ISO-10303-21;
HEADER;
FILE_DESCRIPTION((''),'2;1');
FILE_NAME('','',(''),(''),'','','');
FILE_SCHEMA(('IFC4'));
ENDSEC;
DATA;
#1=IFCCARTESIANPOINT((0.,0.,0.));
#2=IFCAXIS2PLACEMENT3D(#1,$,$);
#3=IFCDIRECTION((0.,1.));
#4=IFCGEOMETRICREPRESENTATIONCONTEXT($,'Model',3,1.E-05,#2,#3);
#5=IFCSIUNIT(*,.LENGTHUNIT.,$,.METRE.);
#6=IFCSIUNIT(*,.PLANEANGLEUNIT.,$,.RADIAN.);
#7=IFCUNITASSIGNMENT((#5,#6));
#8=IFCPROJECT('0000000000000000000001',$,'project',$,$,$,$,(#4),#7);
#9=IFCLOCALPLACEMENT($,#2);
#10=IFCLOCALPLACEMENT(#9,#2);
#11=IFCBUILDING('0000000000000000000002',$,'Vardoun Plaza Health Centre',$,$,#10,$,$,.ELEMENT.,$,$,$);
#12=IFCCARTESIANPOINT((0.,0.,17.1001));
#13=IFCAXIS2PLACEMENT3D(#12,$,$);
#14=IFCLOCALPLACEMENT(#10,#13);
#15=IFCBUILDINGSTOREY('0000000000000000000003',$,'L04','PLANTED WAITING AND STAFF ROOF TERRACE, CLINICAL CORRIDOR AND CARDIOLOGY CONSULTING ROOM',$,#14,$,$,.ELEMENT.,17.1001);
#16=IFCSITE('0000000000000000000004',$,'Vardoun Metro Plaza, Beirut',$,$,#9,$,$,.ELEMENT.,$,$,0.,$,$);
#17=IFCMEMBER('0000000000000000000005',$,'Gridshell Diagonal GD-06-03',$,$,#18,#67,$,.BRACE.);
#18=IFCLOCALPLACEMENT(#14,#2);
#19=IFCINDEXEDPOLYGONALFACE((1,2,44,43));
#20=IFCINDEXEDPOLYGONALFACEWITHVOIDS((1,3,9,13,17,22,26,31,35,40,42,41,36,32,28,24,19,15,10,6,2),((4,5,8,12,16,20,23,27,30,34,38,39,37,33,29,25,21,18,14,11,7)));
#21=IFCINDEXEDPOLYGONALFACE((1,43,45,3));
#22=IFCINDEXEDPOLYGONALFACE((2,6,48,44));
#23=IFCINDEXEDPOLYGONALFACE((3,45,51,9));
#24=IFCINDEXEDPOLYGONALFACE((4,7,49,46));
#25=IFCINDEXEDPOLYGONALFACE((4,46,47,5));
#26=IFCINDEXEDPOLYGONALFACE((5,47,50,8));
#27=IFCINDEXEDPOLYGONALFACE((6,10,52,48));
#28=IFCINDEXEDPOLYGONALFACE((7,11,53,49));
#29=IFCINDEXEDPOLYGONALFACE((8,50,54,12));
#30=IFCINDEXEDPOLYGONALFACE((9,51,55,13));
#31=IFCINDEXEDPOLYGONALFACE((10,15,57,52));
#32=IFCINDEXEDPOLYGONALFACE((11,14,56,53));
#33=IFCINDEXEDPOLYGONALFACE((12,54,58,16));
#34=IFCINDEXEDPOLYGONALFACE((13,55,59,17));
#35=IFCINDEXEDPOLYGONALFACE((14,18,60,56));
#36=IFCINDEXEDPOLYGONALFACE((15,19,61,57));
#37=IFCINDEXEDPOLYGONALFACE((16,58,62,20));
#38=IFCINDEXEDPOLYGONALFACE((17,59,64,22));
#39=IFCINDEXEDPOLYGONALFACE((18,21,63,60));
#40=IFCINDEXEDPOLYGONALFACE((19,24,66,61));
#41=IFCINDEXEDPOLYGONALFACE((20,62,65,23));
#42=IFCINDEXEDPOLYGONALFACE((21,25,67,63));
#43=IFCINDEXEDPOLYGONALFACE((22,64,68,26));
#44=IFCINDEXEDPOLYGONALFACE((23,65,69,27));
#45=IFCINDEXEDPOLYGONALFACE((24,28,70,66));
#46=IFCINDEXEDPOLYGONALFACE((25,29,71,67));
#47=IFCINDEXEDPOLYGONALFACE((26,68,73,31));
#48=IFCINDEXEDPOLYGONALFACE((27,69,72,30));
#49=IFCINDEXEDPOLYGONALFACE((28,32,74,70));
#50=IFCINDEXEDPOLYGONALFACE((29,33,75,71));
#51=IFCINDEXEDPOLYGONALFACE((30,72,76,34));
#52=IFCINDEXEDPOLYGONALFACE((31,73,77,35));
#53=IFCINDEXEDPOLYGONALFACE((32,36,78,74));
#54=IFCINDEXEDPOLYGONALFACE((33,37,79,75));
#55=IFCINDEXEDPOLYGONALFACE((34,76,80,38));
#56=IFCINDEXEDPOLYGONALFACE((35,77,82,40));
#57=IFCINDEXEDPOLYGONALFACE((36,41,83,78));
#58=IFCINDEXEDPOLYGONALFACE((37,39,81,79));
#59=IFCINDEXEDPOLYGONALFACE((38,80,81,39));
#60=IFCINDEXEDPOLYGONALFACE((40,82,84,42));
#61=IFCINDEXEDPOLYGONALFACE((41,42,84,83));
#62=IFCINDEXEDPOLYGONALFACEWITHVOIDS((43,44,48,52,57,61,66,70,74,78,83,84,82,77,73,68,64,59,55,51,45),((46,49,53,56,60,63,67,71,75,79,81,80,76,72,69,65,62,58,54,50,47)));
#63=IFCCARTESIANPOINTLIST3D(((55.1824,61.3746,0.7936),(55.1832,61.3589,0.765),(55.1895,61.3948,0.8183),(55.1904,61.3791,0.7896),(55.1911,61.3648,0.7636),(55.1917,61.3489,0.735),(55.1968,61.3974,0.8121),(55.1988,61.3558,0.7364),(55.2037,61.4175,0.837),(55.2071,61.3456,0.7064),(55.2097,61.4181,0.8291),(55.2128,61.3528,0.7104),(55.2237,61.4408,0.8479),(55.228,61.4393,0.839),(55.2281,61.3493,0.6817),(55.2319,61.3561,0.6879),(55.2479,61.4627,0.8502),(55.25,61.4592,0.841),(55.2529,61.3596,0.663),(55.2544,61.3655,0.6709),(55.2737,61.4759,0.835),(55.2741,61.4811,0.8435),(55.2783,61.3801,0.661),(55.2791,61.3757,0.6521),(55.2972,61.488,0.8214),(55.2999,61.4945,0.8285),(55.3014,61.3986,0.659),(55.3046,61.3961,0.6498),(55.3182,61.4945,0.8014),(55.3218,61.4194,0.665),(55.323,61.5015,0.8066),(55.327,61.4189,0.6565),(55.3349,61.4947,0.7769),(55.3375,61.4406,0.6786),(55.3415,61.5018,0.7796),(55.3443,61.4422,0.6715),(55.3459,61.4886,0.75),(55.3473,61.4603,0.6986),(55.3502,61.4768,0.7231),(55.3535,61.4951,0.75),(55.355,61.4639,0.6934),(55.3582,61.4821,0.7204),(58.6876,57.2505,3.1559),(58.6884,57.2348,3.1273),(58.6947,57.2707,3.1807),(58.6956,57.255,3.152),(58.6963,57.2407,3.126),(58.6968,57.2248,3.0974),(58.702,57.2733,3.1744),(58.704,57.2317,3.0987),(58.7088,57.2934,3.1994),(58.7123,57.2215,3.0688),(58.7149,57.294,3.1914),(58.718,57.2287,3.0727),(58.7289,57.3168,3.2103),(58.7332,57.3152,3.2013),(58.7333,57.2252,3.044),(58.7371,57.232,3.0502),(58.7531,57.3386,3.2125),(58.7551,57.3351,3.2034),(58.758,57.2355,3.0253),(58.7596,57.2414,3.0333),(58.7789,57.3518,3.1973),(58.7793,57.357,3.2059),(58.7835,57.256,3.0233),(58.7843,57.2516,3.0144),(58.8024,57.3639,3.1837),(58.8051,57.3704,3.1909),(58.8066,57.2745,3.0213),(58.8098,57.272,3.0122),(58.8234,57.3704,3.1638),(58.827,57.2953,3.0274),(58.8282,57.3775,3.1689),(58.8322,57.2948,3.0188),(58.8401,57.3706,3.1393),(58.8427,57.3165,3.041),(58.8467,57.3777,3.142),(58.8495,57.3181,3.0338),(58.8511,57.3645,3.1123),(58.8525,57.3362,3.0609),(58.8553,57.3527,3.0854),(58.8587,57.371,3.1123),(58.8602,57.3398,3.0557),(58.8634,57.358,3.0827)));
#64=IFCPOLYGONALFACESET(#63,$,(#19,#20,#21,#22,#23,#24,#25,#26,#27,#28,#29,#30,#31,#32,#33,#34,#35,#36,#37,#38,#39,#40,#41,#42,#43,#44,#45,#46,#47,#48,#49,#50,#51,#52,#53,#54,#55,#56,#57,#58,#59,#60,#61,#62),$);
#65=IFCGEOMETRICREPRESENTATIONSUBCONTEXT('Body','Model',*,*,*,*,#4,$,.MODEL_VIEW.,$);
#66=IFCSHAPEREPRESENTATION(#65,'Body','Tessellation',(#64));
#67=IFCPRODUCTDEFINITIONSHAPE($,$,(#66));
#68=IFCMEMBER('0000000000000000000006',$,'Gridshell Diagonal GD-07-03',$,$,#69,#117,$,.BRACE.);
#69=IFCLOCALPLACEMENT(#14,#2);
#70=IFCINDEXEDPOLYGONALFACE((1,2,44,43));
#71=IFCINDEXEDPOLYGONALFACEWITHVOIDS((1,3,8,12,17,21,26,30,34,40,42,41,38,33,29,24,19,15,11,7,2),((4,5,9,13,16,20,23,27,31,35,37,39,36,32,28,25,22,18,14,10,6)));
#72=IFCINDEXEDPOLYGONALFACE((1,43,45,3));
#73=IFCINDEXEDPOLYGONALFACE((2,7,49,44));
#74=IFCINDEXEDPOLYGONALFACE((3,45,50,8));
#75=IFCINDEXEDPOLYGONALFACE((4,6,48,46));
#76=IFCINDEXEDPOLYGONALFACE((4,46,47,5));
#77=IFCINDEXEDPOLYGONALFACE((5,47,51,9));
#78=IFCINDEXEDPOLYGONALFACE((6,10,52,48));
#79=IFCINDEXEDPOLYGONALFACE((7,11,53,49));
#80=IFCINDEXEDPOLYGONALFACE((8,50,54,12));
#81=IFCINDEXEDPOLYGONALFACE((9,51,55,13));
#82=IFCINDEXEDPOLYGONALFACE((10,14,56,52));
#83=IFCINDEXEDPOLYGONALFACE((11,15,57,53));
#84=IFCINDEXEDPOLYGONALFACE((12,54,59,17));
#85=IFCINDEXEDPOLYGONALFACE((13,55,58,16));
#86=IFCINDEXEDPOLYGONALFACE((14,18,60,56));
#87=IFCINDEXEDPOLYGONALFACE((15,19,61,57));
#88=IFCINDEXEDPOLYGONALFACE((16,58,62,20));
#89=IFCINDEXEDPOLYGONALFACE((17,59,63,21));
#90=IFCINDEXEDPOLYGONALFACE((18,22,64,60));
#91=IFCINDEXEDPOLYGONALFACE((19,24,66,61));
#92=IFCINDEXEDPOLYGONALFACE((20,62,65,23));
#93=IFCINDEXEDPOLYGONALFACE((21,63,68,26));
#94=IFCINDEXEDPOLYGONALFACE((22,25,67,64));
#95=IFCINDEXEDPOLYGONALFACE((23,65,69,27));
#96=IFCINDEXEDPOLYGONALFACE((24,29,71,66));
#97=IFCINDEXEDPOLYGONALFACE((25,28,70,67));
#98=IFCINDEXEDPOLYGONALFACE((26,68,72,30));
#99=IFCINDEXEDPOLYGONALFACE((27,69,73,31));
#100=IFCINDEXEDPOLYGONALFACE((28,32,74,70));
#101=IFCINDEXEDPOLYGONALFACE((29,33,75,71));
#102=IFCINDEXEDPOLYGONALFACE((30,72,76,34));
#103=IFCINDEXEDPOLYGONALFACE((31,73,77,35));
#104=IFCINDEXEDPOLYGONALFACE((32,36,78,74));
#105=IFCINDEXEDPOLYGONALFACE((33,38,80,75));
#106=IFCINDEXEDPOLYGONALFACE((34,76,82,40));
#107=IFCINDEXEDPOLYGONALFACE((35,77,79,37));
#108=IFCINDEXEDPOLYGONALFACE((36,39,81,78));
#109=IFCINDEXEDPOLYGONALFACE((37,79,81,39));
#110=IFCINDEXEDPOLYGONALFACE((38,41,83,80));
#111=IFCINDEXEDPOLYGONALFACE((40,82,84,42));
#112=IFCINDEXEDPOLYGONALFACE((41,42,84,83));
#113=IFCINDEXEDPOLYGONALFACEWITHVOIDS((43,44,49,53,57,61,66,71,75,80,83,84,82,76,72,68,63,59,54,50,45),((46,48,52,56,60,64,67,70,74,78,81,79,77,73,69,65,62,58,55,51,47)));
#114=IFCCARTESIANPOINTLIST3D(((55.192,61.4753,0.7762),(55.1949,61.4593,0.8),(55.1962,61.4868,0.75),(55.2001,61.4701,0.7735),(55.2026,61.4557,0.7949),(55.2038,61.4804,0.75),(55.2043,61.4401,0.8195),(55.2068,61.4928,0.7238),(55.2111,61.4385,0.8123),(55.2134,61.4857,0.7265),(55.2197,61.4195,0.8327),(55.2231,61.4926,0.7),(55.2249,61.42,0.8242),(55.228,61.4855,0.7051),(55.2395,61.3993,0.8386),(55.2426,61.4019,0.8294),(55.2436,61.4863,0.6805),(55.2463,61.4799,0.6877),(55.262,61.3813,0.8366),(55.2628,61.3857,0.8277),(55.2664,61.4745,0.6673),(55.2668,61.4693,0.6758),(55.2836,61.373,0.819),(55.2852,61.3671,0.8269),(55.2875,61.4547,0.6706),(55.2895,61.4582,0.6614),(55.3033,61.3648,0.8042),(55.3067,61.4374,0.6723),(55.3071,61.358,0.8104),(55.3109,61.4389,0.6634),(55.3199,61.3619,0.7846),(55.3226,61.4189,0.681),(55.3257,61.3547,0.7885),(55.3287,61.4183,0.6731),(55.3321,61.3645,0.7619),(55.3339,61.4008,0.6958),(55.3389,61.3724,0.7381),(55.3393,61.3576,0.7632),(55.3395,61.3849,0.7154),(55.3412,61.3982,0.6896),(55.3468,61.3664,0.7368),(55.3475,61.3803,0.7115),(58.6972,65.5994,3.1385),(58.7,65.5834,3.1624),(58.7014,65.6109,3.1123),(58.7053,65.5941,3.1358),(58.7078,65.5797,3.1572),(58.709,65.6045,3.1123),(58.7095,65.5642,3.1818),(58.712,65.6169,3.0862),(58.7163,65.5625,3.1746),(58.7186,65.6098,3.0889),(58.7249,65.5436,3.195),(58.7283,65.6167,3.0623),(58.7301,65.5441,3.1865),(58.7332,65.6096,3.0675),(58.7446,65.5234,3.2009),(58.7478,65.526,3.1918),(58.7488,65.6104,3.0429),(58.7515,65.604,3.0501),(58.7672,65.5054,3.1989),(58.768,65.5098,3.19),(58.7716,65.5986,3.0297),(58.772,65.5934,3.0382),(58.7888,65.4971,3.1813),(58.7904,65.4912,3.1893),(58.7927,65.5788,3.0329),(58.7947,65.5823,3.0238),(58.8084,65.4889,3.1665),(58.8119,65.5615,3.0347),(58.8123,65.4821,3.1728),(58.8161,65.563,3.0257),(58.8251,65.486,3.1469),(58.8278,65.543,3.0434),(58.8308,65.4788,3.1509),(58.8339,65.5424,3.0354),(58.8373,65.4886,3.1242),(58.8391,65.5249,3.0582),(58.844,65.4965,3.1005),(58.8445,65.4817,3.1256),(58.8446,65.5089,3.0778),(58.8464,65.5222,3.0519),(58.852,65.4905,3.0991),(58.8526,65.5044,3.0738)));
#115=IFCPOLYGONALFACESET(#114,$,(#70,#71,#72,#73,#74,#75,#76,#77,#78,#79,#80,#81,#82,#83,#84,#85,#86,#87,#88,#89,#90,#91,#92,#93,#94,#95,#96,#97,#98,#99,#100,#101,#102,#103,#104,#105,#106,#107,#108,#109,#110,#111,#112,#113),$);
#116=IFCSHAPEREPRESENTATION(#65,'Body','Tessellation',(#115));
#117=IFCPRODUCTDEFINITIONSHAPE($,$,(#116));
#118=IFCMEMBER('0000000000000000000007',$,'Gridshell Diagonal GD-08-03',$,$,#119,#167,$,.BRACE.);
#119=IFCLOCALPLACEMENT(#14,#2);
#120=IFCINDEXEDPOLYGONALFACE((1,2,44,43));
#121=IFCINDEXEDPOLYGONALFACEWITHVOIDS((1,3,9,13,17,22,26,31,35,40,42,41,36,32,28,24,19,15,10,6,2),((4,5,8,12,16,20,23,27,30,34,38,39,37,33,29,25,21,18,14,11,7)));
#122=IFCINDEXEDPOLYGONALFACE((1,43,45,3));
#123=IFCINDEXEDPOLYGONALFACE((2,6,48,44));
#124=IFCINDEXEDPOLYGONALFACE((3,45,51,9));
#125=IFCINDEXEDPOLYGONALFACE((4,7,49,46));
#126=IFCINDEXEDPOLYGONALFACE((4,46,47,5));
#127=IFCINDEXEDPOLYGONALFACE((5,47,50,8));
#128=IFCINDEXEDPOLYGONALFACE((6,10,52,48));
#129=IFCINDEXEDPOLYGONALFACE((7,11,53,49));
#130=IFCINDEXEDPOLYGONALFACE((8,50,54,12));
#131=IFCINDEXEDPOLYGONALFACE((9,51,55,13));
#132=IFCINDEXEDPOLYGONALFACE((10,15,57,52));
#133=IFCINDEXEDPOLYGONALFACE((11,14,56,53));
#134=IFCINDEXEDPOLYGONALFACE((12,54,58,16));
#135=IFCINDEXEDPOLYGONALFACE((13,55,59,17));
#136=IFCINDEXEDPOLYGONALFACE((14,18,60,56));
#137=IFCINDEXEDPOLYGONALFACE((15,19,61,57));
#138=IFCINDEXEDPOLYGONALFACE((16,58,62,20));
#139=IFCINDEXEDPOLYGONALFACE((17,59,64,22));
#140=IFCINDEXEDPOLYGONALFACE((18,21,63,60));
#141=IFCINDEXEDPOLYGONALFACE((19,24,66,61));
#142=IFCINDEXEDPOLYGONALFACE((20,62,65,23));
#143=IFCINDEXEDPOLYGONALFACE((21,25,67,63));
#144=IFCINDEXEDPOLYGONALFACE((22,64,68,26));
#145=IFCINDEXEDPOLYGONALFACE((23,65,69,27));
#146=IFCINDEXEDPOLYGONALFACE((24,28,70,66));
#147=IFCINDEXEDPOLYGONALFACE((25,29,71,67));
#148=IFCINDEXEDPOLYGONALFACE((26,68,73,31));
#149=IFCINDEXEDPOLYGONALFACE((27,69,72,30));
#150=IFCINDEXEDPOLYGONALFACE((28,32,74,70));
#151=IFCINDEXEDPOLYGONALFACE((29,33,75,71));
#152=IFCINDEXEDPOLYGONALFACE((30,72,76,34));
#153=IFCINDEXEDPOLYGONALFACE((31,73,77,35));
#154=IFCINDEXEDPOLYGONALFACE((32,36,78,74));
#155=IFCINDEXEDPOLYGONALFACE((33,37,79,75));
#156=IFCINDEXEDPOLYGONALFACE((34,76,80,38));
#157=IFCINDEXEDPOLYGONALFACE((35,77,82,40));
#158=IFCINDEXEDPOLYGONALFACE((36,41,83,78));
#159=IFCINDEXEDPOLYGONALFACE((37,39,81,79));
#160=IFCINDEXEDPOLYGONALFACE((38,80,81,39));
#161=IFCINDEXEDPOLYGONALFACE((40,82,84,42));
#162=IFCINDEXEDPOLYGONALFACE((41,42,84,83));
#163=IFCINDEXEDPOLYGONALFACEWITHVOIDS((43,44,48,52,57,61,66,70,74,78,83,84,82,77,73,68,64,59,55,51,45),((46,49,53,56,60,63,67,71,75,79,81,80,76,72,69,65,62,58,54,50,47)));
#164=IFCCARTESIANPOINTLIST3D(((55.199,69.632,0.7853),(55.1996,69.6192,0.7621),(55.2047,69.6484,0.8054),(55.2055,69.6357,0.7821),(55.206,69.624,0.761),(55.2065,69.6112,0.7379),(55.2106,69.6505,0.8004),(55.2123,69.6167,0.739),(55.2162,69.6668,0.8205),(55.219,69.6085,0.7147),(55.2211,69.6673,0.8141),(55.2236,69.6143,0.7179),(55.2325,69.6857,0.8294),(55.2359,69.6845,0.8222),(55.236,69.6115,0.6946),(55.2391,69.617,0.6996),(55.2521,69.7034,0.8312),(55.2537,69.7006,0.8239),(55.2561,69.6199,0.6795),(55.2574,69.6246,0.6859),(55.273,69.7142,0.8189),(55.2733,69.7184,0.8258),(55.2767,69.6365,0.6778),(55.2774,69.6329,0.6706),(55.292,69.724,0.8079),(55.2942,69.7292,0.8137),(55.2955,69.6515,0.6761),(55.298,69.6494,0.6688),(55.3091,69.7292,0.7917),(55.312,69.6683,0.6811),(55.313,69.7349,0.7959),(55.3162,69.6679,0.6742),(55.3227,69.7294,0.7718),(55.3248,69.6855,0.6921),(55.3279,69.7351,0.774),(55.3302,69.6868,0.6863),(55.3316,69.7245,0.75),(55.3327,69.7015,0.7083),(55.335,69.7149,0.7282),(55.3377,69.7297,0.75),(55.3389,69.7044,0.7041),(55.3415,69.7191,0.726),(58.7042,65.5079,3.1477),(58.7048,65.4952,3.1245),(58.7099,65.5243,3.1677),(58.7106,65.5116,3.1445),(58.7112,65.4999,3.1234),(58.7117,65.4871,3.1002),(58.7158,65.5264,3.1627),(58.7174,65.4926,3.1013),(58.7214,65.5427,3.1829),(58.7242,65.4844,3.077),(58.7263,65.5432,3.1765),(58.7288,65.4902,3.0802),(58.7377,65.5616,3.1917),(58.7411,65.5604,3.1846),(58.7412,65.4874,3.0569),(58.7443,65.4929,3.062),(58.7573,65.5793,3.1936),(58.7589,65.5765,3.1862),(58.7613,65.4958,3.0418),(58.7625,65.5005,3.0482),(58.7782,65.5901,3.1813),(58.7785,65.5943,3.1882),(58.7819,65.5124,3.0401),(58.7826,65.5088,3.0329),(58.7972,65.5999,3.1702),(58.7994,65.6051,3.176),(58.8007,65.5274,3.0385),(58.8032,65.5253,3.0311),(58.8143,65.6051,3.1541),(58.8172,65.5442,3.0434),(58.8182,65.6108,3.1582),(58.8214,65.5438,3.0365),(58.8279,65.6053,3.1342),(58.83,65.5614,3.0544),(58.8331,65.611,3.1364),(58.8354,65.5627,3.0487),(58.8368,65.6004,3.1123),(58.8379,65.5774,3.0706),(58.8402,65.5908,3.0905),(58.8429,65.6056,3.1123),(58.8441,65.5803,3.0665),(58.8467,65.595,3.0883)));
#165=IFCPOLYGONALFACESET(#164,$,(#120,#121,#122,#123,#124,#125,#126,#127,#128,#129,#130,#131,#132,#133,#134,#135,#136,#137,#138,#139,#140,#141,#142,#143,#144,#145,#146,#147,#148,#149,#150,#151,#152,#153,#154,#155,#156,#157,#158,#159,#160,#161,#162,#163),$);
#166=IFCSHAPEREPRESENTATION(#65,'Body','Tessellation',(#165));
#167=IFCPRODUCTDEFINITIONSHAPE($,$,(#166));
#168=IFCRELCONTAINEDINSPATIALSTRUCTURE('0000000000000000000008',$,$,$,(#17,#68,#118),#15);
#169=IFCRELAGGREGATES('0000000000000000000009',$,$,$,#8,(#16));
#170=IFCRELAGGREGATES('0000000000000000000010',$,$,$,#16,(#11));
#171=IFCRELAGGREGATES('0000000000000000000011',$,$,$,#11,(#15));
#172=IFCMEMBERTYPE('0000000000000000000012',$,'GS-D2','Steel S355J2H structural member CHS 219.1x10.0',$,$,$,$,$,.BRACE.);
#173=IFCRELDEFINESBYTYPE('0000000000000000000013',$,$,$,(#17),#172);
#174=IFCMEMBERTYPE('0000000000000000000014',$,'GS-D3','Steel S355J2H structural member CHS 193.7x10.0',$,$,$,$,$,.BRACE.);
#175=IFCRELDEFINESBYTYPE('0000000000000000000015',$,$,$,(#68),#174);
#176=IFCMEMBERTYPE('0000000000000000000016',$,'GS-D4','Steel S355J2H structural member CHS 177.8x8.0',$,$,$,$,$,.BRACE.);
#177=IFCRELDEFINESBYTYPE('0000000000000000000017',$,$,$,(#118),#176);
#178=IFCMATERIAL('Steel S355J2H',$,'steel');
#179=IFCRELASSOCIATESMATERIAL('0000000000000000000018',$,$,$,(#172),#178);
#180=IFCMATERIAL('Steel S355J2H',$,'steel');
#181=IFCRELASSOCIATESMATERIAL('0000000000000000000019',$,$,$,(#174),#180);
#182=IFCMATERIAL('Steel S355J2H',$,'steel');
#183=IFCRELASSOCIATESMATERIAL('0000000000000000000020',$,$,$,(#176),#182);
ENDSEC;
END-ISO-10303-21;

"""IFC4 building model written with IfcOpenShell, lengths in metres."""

from ifc_helpers import new_model, si_unit, direction, frame, origin, origin_2d, place, context, subcontext, project, spatial, hollow_circle, extrude, material, material_profile, profile_set, type_object, element, save


model = new_model("IFC4")

# Units and contexts
model_context = context("Model", 3, precision=1e-05, world=origin(), true_north=direction((0.0, 1.0)))
body_context = subcontext(model_context, "Body", "Model", "MODEL_VIEW")
ifc_project = project(units=[si_unit("LENGTHUNIT", "METRE"), si_unit("PLANEANGLEUNIT", "RADIAN")], contexts=[model_context])

# Site, building, storey
site_placement = place(None, origin())
site = spatial("IfcSite", under=ifc_project, at=site_placement, Name="Vardoun Metro Plaza, Beirut", CompositionType="ELEMENT", RefElevation=0.0)
building_placement = place(site_placement, origin())
building = spatial("IfcBuilding", under=site, at=building_placement, Name="Vardoun Plaza Health Centre", CompositionType="ELEMENT")
storey_placement = place(building_placement, frame((0.0, 0.0, 17.1001)))
storey = spatial("IfcBuildingStorey", under=building, at=storey_placement, Name="L04", Description="PLANTED WAITING AND STAFF ROOF TERRACE, CLINICAL CORRIDOR AND CARDIOLOGY CONSULTING ROOM", CompositionType="ELEMENT", Elevation=17.1001)

# Members
ifc_material_1 = material(Name="Steel S355J2H", Category="steel")
ifc_material_profile_1 = material_profile(ifc_material_1, hollow_circle(Radius=0.1096, WallThickness=0.01, at=origin_2d()), Name="CHS 219.1x10.0")
ifc_profile_set_1 = profile_set([ifc_material_profile_1], Name="Steel S355J2H")
member_type_1 = type_object("IfcMemberType", Name="GS-D2", Description="Steel S355J2H structural member CHS 219.1x10.0", PredefinedType="BRACE", material=ifc_profile_set_1)
member_1_placement = place(storey_placement, frame((55.27, 61.4241, 0.75), z_axis=(0.593544, -0.698346, 0.400023), x_axis=(0.761966, 0.647617, 0.0)))
element("IfcMember", 1, at=member_1_placement, inside=storey, type_object=member_type_1, Name="Gridshell Diagonal GD-06-03", PredefinedType="BRACE", context=body_context, shape_type="SweptSolid", body=[
    extrude(hollow_circle(Radius=0.1096, WallThickness=0.01, at=origin_2d()), origin(), (0.0, 0.0, 1.0), 5.9055),
])
ifc_material_2 = material(Name="Steel S355J2H", Category="steel")
ifc_material_profile_2 = material_profile(ifc_material_2, hollow_circle(Radius=0.0969, WallThickness=0.01, at=origin_2d()), Name="CHS 193.7x10.0")
ifc_profile_set_2 = profile_set([ifc_material_profile_2], Name="Steel S355J2H")
member_type_2 = type_object("IfcMemberType", Name="GS-D3", Description="Steel S355J2H structural member CHS 193.7x10.0", PredefinedType="BRACE", material=ifc_profile_set_2)
member_2_placement = place(storey_placement, frame((55.27, 61.4241, 0.75), z_axis=(0.593544, 0.698346, 0.400023), x_axis=(-0.761966, 0.647617, 0.0)))
element("IfcMember", 2, at=member_2_placement, inside=storey, type_object=member_type_2, Name="Gridshell Diagonal GD-07-03", PredefinedType="BRACE", context=body_context, shape_type="SweptSolid", body=[
    extrude(hollow_circle(Radius=0.0969, WallThickness=0.01, at=origin_2d()), origin(), (0.0, 0.0, 1.0), 5.9055),
])
ifc_material_3 = material(Name="Steel S355J2H", Category="steel")
ifc_material_profile_3 = material_profile(ifc_material_3, hollow_circle(Radius=0.0889, WallThickness=0.0081, at=origin_2d()), Name="CHS 177.8x8.0")
ifc_profile_set_3 = profile_set([ifc_material_profile_3], Name="Steel S355J2H")
member_type_3 = type_object("IfcMemberType", Name="GS-D4", Description="Steel S355J2H structural member CHS 177.8x8.0", PredefinedType="BRACE", material=ifc_profile_set_3)
member_3_placement = place(storey_placement, frame((55.27, 69.6721, 0.75), z_axis=(0.593544, -0.698346, 0.400023), x_axis=(0.761966, 0.647617, 0.0)))
element("IfcMember", 3, at=member_3_placement, inside=storey, type_object=member_type_3, Name="Gridshell Diagonal GD-08-03", PredefinedType="BRACE", context=body_context, shape_type="SweptSolid", body=[
    extrude(hollow_circle(Radius=0.0889, WallThickness=0.0081, at=origin_2d()), origin(), (0.0, 0.0, 1.0), 5.9055),
])

save(model, "model.ifc")
